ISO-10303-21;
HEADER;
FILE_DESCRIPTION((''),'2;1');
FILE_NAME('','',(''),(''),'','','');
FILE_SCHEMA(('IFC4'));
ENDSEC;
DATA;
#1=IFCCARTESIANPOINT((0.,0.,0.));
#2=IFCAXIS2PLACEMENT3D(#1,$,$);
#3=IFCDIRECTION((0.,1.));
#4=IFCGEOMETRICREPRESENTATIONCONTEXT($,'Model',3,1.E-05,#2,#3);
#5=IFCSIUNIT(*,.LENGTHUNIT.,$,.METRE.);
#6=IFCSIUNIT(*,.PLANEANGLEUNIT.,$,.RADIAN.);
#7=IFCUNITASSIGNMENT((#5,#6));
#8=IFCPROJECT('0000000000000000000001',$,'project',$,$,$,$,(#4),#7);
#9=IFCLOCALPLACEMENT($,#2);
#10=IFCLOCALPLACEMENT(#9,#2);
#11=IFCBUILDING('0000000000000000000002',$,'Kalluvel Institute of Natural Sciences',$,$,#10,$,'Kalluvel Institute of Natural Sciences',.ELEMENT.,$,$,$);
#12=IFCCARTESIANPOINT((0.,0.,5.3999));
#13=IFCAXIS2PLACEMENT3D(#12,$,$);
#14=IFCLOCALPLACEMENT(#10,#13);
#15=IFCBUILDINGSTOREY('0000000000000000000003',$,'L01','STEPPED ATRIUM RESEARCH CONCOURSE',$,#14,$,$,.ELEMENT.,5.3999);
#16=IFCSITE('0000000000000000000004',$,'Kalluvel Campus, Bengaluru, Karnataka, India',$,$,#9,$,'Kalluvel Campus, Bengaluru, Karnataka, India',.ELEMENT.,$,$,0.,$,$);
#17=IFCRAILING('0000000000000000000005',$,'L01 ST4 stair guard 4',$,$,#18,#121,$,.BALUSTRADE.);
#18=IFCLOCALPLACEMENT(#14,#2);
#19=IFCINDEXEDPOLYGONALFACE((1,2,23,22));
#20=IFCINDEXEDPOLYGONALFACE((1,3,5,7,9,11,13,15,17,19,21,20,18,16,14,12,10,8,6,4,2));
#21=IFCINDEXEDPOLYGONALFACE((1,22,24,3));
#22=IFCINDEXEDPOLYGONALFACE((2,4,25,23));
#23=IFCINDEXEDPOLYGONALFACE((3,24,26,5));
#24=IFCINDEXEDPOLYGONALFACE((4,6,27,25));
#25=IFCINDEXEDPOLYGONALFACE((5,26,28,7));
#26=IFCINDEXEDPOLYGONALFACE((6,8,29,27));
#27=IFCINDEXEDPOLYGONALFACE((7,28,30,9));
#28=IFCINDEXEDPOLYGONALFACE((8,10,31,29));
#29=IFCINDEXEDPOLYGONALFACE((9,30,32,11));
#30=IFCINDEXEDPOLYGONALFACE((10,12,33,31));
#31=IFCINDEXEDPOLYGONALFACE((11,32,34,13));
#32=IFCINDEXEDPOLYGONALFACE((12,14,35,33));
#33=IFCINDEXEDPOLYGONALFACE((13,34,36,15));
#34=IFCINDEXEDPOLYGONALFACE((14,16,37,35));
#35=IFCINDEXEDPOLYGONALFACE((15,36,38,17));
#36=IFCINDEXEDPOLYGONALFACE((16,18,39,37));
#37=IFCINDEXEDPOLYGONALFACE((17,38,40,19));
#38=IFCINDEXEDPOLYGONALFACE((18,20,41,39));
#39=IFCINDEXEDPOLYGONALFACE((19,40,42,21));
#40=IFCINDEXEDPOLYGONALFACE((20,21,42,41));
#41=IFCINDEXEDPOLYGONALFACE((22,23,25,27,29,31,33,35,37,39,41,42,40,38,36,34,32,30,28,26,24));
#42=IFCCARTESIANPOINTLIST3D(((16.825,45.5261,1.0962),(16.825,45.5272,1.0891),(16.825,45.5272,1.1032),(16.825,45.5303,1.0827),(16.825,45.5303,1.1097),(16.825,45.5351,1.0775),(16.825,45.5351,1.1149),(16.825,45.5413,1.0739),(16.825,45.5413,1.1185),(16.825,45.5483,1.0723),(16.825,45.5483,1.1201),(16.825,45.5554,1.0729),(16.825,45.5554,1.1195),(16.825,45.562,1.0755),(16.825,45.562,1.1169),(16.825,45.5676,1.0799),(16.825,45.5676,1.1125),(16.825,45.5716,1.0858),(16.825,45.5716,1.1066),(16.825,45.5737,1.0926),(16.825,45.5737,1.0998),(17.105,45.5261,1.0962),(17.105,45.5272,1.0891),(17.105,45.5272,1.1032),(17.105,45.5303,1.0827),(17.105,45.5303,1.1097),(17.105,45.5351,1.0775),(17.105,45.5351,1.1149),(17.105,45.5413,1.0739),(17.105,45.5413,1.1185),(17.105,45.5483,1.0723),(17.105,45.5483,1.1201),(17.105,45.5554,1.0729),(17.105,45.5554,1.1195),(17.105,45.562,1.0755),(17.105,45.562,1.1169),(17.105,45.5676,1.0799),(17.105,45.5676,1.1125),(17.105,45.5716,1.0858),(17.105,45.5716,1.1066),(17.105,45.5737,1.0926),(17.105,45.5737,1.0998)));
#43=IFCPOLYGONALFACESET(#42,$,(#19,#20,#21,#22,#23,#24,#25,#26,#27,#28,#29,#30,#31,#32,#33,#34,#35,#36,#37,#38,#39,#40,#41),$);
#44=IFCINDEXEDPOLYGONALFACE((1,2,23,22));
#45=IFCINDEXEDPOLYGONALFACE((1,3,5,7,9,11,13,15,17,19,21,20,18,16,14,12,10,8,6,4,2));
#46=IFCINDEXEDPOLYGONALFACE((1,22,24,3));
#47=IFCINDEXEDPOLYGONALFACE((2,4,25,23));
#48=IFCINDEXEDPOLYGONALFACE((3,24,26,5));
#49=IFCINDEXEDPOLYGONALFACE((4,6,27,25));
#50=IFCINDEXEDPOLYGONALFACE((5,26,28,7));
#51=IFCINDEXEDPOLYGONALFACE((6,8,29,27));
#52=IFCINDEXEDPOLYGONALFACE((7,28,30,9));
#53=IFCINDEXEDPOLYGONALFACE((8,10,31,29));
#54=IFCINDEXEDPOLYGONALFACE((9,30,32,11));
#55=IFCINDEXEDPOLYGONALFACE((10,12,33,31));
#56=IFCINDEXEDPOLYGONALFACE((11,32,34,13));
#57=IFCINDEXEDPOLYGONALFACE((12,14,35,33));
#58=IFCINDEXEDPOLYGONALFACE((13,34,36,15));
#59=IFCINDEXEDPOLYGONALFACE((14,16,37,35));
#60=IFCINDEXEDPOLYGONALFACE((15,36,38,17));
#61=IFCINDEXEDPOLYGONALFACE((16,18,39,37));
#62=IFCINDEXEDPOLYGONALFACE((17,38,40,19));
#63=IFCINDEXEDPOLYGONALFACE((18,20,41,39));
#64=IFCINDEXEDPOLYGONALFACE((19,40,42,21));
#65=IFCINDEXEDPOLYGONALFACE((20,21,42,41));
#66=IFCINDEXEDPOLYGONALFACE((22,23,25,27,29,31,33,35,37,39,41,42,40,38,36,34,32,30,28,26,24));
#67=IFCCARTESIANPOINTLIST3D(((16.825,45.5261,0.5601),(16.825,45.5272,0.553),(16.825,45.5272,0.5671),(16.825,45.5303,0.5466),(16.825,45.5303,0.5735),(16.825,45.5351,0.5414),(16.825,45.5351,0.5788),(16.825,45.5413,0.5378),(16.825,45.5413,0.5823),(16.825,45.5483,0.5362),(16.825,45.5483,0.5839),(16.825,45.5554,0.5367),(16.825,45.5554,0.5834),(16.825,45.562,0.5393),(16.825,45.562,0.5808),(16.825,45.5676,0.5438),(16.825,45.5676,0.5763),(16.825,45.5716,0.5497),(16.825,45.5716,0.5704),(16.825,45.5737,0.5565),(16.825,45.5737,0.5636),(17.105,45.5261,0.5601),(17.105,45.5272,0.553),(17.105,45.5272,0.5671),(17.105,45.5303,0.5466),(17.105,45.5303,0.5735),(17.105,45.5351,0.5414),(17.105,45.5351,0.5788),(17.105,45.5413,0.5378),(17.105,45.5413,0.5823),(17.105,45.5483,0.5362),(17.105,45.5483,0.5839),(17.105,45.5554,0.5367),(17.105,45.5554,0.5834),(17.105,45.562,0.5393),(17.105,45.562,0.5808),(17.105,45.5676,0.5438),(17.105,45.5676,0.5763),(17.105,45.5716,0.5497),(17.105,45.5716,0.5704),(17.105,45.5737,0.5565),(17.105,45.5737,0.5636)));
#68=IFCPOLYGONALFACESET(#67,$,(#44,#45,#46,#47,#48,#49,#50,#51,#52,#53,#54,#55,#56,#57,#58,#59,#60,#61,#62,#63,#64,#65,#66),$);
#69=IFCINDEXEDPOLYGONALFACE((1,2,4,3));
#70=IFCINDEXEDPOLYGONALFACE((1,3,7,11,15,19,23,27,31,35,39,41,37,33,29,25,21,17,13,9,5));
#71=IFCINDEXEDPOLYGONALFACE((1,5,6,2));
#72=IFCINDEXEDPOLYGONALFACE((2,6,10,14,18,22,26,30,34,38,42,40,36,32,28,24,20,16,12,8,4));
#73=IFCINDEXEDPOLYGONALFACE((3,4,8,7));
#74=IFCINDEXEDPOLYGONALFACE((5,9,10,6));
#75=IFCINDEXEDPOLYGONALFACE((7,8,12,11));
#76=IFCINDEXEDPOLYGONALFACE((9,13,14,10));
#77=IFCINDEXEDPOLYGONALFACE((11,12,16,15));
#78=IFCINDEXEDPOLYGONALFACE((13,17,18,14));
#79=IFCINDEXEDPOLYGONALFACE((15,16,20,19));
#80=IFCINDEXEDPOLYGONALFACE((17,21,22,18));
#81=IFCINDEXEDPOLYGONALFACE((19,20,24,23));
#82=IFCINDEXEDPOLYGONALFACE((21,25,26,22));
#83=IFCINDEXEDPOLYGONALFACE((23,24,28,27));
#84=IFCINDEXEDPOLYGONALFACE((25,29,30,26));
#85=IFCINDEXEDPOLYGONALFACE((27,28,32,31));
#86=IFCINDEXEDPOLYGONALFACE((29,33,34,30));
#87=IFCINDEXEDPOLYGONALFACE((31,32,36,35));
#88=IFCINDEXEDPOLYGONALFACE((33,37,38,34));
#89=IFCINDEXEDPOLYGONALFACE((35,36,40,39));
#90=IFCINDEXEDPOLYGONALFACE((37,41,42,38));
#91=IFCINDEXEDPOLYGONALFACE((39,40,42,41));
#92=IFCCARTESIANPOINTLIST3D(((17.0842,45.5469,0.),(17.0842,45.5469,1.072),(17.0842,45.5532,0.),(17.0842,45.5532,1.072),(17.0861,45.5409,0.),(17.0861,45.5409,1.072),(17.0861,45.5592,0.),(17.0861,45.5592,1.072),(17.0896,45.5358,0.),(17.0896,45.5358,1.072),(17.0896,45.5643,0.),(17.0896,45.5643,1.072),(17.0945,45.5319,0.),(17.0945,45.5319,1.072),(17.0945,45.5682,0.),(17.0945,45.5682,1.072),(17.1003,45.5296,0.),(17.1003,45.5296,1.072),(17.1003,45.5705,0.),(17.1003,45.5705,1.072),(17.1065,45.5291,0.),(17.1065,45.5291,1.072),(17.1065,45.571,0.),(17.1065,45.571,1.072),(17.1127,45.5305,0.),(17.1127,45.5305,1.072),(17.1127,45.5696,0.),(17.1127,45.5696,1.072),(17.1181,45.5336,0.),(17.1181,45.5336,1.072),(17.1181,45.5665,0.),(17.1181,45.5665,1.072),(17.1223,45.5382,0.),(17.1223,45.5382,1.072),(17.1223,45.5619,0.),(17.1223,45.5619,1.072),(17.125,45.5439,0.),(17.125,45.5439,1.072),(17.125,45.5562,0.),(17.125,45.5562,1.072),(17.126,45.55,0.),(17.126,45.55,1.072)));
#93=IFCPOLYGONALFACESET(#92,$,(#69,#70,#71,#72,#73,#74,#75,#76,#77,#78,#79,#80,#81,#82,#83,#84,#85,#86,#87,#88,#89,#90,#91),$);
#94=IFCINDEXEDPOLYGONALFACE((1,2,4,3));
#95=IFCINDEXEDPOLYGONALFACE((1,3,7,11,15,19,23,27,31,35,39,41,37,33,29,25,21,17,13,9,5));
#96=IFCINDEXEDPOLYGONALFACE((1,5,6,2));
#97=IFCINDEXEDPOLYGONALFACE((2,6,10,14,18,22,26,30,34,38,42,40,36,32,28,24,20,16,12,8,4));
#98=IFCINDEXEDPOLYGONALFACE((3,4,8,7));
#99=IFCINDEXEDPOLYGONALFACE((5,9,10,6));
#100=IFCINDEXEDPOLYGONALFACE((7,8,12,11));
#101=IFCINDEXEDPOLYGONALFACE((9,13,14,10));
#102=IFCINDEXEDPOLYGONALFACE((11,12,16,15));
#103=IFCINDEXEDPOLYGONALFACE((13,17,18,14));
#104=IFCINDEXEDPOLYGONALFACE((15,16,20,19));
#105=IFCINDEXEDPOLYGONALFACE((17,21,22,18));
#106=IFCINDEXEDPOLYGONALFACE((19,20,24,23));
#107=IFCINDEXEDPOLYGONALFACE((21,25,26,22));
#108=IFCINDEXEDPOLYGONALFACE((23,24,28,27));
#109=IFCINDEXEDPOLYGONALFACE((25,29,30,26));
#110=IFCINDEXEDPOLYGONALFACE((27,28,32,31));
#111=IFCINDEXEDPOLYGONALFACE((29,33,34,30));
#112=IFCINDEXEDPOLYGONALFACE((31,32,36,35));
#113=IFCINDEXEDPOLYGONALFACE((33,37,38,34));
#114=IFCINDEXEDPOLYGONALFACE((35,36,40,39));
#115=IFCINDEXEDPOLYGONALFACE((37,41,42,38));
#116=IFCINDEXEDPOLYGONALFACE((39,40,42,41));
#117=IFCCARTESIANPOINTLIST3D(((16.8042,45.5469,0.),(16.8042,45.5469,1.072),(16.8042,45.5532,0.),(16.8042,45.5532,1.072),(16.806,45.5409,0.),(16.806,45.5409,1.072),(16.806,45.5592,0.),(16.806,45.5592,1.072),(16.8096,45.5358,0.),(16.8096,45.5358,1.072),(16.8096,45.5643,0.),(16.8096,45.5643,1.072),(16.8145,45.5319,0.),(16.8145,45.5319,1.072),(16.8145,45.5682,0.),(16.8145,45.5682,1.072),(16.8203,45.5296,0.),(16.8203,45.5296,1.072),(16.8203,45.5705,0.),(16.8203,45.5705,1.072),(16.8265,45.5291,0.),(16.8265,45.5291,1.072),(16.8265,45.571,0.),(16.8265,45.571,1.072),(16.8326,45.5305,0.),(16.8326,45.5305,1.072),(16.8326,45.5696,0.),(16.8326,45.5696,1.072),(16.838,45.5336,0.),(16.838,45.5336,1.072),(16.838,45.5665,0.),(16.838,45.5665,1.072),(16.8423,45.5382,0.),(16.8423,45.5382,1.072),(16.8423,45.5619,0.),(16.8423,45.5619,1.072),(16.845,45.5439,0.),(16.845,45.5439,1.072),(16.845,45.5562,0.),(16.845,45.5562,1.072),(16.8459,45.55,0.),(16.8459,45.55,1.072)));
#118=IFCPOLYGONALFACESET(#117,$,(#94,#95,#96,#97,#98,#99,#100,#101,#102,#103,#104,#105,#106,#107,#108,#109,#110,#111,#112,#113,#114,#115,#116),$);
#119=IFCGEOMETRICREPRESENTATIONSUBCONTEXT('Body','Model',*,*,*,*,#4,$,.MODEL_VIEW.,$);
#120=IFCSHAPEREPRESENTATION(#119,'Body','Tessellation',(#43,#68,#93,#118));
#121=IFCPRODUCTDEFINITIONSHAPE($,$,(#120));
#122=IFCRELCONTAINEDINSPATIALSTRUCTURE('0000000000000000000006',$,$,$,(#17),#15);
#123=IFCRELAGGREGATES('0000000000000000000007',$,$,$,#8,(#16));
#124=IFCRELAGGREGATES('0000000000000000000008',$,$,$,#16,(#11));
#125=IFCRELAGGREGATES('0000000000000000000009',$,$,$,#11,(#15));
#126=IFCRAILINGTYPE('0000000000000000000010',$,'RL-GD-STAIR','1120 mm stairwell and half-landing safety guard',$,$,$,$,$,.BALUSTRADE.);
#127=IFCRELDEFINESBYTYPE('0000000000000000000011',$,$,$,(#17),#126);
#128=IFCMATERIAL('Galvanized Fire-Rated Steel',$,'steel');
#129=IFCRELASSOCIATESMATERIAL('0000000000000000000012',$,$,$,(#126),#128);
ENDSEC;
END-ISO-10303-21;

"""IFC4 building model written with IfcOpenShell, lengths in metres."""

from ifc_helpers import new_model, si_unit, direction, frame, origin, origin_2d, place, context, subcontext, project, spatial, circle, extrude, material, type_object, element, save


model = new_model("IFC4")

# Units and contexts
model_context = context("Model", 3, precision=1e-05, world=origin(), true_north=direction((0.0, 1.0)))
body_context = subcontext(model_context, "Body", "Model", "MODEL_VIEW")
ifc_project = project(units=[si_unit("LENGTHUNIT", "METRE"), si_unit("PLANEANGLEUNIT", "RADIAN")], contexts=[model_context])

# Site, building, storey
site_placement = place(None, origin())
site = spatial("IfcSite", under=ifc_project, at=site_placement, Name="Kalluvel Campus, Bengaluru, Karnataka, India", LongName="Kalluvel Campus, Bengaluru, Karnataka, India", CompositionType="ELEMENT", RefElevation=0.0)
building_placement = place(site_placement, origin())
building = spatial("IfcBuilding", under=site, at=building_placement, Name="Kalluvel Institute of Natural Sciences", LongName="Kalluvel Institute of Natural Sciences", CompositionType="ELEMENT")
storey_placement = place(building_placement, frame((0.0, 0.0, 5.3999)))
storey = spatial("IfcBuildingStorey", under=building, at=storey_placement, Name="L01", Description="STEPPED ATRIUM RESEARCH CONCOURSE", CompositionType="ELEMENT", Elevation=5.3999)

# Shared definitions
ifc_material_1 = material(Name="Galvanized Fire-Rated Steel", Category="steel")

# Railing
railing_type_1 = type_object("IfcRailingType", Name="RL-GD-STAIR", Description="1120 mm stairwell and half-landing safety guard", PredefinedType="BALUSTRADE", material=ifc_material_1)
railing_1_placement = place(storey_placement, frame((17.105, 45.55, 0.0)))
element("IfcRailing", 1, at=railing_1_placement, inside=storey, type_object=railing_type_1, Name="L01 ST4 stair guard 4", PredefinedType="BALUSTRADE", context=body_context, shape_type="SweptSolid", body=[
    extrude(circle(Radius=0.0239, at=origin_2d()), frame((0.0, 0.0, 1.0962), z_axis=(-1.0, 0.0, 0.0), x_axis=(0.0, -1.0, 0.0)), (0.0, 0.0, 1.0), 0.28),
    extrude(circle(Radius=0.0239, at=origin_2d()), frame((0.0, 0.0, 0.5601), z_axis=(-1.0, 0.0, 0.0), x_axis=(0.0, -1.0, 0.0)), (0.0, 0.0, 1.0), 0.28),
    extrude(circle(Radius=0.021, at=origin_2d()), origin(), (0.0, 0.0, 1.0), 1.072),
    extrude(circle(Radius=0.021, at=origin_2d()), frame((-0.28, 0.0, 0.0)), (0.0, 0.0, 1.0), 1.072),
])

save(model, "model.ifc")
